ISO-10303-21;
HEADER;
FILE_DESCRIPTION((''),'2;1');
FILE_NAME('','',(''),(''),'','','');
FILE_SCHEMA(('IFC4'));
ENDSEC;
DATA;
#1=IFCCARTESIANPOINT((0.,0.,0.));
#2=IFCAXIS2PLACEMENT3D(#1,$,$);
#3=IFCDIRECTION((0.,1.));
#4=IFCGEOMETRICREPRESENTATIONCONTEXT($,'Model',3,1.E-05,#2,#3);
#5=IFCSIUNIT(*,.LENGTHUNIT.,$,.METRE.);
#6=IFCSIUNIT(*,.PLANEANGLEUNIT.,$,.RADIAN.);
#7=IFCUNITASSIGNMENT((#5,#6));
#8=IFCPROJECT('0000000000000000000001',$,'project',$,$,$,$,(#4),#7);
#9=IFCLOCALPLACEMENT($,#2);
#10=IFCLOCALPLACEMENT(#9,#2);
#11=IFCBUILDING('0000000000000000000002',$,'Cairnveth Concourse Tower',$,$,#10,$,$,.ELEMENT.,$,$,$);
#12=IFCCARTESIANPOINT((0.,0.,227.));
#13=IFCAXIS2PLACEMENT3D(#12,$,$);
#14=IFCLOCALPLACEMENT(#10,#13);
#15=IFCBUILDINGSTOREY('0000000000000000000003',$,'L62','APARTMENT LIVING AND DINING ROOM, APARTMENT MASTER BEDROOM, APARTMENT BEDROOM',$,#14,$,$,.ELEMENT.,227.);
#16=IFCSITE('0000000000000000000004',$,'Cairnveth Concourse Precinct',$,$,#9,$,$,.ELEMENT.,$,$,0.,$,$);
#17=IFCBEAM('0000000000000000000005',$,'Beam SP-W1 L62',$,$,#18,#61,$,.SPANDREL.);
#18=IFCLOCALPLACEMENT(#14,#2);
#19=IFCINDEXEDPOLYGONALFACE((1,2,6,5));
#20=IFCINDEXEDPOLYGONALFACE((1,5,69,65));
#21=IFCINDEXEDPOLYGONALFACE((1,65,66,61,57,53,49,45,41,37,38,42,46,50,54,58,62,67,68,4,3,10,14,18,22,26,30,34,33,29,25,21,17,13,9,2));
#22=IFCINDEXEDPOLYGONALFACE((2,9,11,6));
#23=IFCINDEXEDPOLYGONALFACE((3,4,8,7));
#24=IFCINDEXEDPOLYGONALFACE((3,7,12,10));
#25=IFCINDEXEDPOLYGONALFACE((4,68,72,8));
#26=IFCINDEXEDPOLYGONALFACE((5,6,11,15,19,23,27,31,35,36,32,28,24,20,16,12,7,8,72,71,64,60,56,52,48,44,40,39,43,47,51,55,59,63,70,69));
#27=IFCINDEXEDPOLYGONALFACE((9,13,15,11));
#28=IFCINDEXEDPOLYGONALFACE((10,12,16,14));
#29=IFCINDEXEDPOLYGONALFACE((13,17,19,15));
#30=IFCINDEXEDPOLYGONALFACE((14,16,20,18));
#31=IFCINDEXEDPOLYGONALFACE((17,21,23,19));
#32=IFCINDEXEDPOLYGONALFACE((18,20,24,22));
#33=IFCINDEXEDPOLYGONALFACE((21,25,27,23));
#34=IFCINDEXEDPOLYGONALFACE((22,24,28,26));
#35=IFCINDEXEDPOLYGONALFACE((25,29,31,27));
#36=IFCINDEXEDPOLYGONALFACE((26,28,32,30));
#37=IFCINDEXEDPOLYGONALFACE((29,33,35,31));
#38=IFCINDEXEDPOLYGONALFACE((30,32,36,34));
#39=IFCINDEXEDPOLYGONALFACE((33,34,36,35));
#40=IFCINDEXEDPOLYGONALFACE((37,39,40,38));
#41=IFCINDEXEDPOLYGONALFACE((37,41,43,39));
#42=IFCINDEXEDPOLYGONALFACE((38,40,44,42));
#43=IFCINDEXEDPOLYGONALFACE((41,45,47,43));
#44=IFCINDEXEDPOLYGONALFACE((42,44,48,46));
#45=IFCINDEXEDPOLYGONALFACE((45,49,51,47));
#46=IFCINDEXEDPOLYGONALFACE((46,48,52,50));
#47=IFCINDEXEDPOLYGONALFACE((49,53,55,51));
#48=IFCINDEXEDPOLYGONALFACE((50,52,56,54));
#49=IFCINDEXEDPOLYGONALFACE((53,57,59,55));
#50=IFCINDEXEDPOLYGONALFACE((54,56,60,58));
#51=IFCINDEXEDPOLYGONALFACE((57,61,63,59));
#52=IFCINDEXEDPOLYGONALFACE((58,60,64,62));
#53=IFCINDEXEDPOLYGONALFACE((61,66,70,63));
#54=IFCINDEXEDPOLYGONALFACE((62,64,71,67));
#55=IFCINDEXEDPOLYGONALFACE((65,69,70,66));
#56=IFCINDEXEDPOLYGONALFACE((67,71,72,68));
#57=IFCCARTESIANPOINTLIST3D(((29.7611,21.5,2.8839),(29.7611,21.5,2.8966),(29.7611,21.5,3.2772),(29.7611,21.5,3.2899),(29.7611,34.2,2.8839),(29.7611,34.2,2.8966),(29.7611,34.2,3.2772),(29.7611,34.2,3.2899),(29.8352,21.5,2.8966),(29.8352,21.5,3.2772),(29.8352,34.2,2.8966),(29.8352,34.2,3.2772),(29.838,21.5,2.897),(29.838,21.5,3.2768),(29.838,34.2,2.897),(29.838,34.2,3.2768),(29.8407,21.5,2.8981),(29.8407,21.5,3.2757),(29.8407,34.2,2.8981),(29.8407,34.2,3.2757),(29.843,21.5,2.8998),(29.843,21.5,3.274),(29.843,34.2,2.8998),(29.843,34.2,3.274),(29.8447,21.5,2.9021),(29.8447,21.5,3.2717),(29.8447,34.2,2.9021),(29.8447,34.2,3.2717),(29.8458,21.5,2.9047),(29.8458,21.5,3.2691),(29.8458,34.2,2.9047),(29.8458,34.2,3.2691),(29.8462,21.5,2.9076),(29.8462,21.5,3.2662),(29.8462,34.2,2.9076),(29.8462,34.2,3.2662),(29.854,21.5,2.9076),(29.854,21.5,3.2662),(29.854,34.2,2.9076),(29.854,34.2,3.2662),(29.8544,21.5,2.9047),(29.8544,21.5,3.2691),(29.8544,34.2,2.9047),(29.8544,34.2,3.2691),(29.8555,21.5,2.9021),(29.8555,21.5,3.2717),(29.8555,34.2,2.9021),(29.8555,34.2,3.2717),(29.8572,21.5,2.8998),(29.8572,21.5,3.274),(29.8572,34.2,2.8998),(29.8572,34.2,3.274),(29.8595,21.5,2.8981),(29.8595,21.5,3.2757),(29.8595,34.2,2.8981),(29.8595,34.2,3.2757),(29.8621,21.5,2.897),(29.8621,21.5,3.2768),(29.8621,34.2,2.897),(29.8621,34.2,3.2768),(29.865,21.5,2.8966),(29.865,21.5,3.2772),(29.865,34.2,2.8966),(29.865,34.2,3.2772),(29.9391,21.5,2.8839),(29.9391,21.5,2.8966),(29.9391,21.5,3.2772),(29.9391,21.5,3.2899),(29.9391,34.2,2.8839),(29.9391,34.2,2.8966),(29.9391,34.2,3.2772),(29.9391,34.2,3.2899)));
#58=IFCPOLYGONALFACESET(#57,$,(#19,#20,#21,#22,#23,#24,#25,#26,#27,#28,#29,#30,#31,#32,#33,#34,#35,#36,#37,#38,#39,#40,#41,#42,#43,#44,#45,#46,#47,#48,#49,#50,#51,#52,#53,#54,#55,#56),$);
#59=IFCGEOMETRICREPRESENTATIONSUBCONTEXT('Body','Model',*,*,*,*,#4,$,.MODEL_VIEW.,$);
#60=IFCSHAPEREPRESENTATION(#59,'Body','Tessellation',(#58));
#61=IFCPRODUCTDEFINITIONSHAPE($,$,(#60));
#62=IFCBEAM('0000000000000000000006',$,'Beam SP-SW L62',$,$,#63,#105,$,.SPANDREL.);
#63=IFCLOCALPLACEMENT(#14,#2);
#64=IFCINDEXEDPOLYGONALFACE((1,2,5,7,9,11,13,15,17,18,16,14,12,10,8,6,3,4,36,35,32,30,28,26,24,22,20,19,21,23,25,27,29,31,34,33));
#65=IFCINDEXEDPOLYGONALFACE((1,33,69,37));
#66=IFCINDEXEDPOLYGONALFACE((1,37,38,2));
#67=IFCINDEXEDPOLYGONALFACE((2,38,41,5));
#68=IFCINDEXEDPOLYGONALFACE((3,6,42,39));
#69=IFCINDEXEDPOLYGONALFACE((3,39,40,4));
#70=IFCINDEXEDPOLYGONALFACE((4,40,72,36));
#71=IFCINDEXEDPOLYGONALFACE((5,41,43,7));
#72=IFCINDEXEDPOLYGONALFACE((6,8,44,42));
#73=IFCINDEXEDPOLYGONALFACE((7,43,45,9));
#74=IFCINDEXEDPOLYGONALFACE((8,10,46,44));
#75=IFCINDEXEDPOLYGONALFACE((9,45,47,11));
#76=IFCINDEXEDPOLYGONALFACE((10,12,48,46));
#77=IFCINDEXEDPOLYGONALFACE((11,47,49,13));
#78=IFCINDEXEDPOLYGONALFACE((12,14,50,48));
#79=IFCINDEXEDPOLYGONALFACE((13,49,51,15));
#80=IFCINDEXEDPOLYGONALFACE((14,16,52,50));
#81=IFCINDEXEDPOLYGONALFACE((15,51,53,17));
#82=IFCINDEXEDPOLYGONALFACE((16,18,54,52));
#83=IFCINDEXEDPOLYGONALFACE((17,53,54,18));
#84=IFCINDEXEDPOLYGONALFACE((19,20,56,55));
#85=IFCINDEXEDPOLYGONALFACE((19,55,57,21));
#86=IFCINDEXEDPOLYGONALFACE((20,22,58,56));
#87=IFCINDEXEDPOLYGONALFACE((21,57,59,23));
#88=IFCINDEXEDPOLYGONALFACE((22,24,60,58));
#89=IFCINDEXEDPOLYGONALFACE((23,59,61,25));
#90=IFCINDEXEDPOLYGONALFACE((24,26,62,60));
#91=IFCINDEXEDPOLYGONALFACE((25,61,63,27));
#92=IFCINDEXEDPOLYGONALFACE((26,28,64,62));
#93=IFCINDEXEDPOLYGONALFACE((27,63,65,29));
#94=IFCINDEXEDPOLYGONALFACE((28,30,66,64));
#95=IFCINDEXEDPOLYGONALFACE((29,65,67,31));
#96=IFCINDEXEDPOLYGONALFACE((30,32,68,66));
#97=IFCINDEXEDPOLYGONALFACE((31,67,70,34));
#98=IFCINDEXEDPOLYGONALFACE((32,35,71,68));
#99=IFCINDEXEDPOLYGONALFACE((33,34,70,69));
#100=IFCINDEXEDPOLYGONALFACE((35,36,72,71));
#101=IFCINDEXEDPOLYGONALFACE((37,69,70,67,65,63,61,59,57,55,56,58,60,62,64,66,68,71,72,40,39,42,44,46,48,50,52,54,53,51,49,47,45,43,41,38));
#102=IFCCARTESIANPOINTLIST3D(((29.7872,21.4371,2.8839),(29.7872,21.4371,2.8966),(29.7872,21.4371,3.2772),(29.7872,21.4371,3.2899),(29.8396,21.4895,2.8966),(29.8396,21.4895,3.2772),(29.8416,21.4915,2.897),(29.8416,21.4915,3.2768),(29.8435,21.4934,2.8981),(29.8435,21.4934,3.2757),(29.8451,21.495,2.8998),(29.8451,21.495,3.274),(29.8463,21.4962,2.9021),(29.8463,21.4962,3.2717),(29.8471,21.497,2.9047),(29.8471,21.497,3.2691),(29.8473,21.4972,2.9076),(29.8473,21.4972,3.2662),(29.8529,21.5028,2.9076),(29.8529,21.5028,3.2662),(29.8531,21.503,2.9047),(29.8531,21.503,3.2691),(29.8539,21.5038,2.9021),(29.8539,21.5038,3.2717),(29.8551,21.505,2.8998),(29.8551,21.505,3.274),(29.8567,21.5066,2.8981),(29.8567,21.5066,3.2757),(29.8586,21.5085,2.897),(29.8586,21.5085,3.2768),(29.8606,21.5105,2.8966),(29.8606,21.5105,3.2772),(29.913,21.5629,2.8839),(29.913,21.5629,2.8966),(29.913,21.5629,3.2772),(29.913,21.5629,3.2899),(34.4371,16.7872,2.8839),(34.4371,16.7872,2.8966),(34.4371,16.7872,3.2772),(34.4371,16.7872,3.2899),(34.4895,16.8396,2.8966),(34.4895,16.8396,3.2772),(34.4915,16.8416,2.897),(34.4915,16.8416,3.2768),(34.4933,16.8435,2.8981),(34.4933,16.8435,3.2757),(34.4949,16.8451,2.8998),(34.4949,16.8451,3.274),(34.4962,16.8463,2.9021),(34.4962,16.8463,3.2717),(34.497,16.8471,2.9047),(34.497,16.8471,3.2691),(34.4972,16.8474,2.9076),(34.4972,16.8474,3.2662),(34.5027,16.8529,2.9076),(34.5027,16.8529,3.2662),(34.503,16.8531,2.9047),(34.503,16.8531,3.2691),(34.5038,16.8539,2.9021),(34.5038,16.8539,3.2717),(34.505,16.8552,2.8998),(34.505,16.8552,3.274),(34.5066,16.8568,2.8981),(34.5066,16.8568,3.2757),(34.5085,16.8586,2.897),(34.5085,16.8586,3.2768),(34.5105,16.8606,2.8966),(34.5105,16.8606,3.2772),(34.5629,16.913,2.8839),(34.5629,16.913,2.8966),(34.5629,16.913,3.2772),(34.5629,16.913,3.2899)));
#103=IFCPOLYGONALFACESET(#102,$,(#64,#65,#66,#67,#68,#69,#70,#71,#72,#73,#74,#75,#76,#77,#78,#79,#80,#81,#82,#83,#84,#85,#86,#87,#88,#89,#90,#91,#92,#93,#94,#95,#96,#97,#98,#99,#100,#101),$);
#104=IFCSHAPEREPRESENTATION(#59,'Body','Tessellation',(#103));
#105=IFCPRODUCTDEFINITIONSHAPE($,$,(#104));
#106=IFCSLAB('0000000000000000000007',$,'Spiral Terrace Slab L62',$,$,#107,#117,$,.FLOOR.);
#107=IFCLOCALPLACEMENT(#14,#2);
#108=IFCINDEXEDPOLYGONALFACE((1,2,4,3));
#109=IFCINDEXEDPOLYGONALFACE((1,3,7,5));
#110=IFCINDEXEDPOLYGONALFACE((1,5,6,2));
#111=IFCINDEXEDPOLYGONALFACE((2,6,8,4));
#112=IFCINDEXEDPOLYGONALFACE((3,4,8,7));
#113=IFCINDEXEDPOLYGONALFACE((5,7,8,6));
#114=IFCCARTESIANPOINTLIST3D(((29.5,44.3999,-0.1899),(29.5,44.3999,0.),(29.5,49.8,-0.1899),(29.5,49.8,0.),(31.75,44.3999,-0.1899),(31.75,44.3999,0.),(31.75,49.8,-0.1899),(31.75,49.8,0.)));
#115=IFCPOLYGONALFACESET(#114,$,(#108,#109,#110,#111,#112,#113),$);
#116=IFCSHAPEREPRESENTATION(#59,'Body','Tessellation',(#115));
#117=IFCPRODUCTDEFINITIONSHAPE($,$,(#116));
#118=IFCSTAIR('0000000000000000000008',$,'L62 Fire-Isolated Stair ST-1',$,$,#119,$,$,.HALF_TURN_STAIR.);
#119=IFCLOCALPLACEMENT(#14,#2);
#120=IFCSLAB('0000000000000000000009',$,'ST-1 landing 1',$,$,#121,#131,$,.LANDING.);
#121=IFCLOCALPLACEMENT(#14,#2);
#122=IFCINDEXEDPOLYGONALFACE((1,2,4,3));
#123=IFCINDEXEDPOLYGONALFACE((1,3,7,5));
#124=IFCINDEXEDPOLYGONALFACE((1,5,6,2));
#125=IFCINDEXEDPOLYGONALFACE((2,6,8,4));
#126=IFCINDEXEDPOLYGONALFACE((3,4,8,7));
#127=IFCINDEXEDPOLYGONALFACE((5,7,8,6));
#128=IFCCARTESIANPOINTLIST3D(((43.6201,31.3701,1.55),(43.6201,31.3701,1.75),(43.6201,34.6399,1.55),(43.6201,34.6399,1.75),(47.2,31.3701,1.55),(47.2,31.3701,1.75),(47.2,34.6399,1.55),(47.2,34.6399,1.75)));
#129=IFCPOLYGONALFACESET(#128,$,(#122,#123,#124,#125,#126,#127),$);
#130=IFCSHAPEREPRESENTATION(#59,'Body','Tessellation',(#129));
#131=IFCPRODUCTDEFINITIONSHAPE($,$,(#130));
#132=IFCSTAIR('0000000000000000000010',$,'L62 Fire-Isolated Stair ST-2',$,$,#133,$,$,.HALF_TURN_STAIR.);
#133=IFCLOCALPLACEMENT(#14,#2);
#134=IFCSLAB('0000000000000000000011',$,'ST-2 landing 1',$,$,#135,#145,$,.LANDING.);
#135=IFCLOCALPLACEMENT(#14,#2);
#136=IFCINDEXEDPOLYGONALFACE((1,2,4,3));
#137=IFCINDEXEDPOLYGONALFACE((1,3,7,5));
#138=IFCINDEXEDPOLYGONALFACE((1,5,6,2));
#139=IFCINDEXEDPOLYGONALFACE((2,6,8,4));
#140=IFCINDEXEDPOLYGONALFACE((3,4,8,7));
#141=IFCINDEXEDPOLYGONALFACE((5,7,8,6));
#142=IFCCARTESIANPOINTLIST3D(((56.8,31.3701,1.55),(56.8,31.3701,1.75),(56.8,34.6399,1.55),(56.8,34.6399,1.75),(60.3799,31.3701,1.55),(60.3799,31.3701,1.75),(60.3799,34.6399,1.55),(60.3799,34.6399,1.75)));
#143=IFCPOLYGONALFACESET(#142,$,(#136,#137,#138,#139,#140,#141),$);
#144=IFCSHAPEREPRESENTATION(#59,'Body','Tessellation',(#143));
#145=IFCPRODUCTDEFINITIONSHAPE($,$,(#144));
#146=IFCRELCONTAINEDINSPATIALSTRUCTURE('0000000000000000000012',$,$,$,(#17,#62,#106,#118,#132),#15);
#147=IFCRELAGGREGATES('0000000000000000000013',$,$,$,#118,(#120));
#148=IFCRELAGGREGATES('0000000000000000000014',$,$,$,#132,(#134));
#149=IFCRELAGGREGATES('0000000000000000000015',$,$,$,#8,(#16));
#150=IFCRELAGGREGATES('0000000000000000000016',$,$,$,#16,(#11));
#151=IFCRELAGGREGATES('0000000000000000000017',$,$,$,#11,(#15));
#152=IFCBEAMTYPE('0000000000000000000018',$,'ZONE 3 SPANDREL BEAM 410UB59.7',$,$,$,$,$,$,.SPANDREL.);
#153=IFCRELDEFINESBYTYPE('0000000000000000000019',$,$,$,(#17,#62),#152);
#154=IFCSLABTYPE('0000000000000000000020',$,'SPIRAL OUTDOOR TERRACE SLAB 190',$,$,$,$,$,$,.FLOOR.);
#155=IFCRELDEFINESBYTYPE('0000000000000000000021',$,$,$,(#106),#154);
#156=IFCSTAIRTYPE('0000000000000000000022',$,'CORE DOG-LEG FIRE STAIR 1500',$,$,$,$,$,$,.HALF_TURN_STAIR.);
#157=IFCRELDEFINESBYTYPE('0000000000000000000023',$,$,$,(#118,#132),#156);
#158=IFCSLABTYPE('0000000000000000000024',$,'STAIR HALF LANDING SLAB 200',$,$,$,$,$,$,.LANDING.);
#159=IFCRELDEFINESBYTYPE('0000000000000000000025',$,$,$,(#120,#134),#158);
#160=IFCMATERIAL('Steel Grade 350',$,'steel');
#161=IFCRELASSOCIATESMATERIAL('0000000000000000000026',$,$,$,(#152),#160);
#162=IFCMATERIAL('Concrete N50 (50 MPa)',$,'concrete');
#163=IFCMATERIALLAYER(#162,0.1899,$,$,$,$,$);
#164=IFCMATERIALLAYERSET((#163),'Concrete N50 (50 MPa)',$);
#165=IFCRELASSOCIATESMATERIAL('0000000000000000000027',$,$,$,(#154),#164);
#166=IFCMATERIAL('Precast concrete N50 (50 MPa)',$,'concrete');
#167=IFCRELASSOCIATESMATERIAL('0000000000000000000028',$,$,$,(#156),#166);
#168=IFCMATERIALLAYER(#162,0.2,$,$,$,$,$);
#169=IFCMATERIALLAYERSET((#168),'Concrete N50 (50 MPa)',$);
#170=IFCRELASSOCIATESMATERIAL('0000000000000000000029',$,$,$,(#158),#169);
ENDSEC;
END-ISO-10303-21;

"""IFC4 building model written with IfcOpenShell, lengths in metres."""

from ifc_helpers import new_model, si_unit, direction, frame, origin, origin_2d, place, context, subcontext, project, spatial, polyline, i_section, outline, extrude, material, layer, layer_set, material_profile, profile_set, type_object, element, aggregate, save


model = new_model("IFC4")

# Units and contexts
model_context = context("Model", 3, precision=1e-05, world=origin(), true_north=direction((0.0, 1.0)))
body_context = subcontext(model_context, "Body", "Model", "MODEL_VIEW")
ifc_project = project(units=[si_unit("LENGTHUNIT", "METRE"), si_unit("PLANEANGLEUNIT", "RADIAN")], contexts=[model_context])

# Site, building, storey
site_placement = place(None, origin())
site = spatial("IfcSite", under=ifc_project, at=site_placement, Name="Cairnveth Concourse Precinct", CompositionType="ELEMENT", RefElevation=0.0)
building_placement = place(site_placement, origin())
building = spatial("IfcBuilding", under=site, at=building_placement, Name="Cairnveth Concourse Tower", CompositionType="ELEMENT")
storey_placement = place(building_placement, frame((0.0, 0.0, 227.0)))
storey = spatial("IfcBuildingStorey", under=building, at=storey_placement, Name="L62", Description="APARTMENT LIVING AND DINING ROOM, APARTMENT MASTER BEDROOM, APARTMENT BEDROOM", CompositionType="ELEMENT", Elevation=227.0)

# Shared definitions
ifc_material_1 = material(Name="Steel Grade 350", Category="steel")

# Beams
ifc_material_profile_1 = material_profile(ifc_material_1, i_section(OverallWidth=0.178, OverallDepth=0.406, WebThickness=0.0078, FlangeThickness=0.0127, FilletRadius=0.011, at=origin_2d()), Name="410UB59.7")
ifc_profile_set_1 = profile_set([ifc_material_profile_1], Name="Steel Grade 350")
beam_type_1 = type_object("IfcBeamType", Name="ZONE 3 SPANDREL BEAM 410UB59.7", PredefinedType="SPANDREL", material=ifc_profile_set_1)
beam_1_placement = place(storey_placement, frame((29.8501, 21.5, 3.0869), z_axis=(0.0, 1.0, 0.0), x_axis=(-1.0, 0.0, 0.0)))
element("IfcBeam", 1, at=beam_1_placement, inside=storey, type_object=beam_type_1, Name="Beam SP-W1 L62", PredefinedType="SPANDREL", context=body_context, shape_type="SweptSolid", body=[
    extrude(i_section(OverallWidth=0.178, OverallDepth=0.406, WebThickness=0.0078, FlangeThickness=0.0127, FilletRadius=0.011, at=origin_2d()), origin(), (0.0, 0.0, 1.0), 12.7),
])
beam_2_placement = place(storey_placement, frame((29.8501, 21.5, 3.0869), z_axis=(0.707107, -0.707107, 0.0), x_axis=(0.707107, 0.707107, 0.0)))
element("IfcBeam", 2, at=beam_2_placement, inside=storey, type_object=beam_type_1, Name="Beam SP-SW L62", PredefinedType="SPANDREL", context=body_context, shape_type="SweptSolid", body=[
    extrude(i_section(OverallWidth=0.178, OverallDepth=0.406, WebThickness=0.0078, FlangeThickness=0.0127, FilletRadius=0.011, at=origin_2d()), origin(), (0.0, 0.0, 1.0), 6.5759),
])

# Slab
ifc_material_2 = material(Name="Concrete N50 (50 MPa)", Category="concrete")
ifc_layer_1 = layer(ifc_material_2, 0.1899)
ifc_layer_set_1 = layer_set([ifc_layer_1], Name="Concrete N50 (50 MPa)")
slab_type_1 = type_object("IfcSlabType", Name="SPIRAL OUTDOOR TERRACE SLAB 190", PredefinedType="FLOOR", material=ifc_layer_set_1)
slab_1_placement = place(storey_placement, frame((0.0, 0.0, -0.1899)))
element("IfcSlab", 3, at=slab_1_placement, inside=storey, type_object=slab_type_1, Name="Spiral Terrace Slab L62", PredefinedType="FLOOR", context=body_context, shape_type="SweptSolid", body=[
    extrude(outline(polyline([(29.5, 44.3999), (31.75, 44.3999), (31.75, 49.8), (29.5, 49.8), (29.5, 44.3999)])), origin(), (0.0, 0.0, 1.0), 0.1899),
])

# Stairs, slabs
ifc_material_3 = material(Name="Precast concrete N50 (50 MPa)", Category="concrete")
stair_type = type_object("IfcStairType", Name="CORE DOG-LEG FIRE STAIR 1500", PredefinedType="HALF_TURN_STAIR", material=ifc_material_3)
stair_1_placement = place(storey_placement, origin())
stair_1 = element("IfcStair", 4, at=stair_1_placement, inside=storey, type_object=stair_type, Name="L62 Fire-Isolated Stair ST-1", PredefinedType="HALF_TURN_STAIR")
ifc_layer_2 = layer(ifc_material_2, 0.2)
ifc_layer_set_2 = layer_set([ifc_layer_2], Name="Concrete N50 (50 MPa)")
slab_type_2 = type_object("IfcSlabType", Name="STAIR HALF LANDING SLAB 200", PredefinedType="LANDING", material=ifc_layer_set_2)
slab_2_placement = place(storey_placement, frame((0.0, 0.0, 1.55)))
slab_2 = element("IfcSlab", 5, at=slab_2_placement, type_object=slab_type_2, Name="ST-1 landing 1", PredefinedType="LANDING", context=body_context, shape_type="SweptSolid", body=[
    extrude(outline(polyline([(43.6201, 34.6399), (43.6201, 31.3701), (47.2, 31.3701), (47.2, 34.6399), (43.6201, 34.6399)])), origin(), (0.0, 0.0, 1.0), 0.2),
])
aggregate(stair_1, [slab_2])
stair_2_placement = place(storey_placement, origin())
stair_2 = element("IfcStair", 6, at=stair_2_placement, inside=storey, type_object=stair_type, Name="L62 Fire-Isolated Stair ST-2", PredefinedType="HALF_TURN_STAIR")
slab_3_placement = place(storey_placement, frame((0.0, 0.0, 1.55)))
slab_3 = element("IfcSlab", 7, at=slab_3_placement, type_object=slab_type_2, Name="ST-2 landing 1", PredefinedType="LANDING", context=body_context, shape_type="SweptSolid", body=[
    extrude(outline(polyline([(56.8, 34.6399), (56.8, 31.3701), (60.3799, 31.3701), (60.3799, 34.6399), (56.8, 34.6399)])), origin(), (0.0, 0.0, 1.0), 0.2),
])
aggregate(stair_2, [slab_3])

save(model, "model.ifc")
